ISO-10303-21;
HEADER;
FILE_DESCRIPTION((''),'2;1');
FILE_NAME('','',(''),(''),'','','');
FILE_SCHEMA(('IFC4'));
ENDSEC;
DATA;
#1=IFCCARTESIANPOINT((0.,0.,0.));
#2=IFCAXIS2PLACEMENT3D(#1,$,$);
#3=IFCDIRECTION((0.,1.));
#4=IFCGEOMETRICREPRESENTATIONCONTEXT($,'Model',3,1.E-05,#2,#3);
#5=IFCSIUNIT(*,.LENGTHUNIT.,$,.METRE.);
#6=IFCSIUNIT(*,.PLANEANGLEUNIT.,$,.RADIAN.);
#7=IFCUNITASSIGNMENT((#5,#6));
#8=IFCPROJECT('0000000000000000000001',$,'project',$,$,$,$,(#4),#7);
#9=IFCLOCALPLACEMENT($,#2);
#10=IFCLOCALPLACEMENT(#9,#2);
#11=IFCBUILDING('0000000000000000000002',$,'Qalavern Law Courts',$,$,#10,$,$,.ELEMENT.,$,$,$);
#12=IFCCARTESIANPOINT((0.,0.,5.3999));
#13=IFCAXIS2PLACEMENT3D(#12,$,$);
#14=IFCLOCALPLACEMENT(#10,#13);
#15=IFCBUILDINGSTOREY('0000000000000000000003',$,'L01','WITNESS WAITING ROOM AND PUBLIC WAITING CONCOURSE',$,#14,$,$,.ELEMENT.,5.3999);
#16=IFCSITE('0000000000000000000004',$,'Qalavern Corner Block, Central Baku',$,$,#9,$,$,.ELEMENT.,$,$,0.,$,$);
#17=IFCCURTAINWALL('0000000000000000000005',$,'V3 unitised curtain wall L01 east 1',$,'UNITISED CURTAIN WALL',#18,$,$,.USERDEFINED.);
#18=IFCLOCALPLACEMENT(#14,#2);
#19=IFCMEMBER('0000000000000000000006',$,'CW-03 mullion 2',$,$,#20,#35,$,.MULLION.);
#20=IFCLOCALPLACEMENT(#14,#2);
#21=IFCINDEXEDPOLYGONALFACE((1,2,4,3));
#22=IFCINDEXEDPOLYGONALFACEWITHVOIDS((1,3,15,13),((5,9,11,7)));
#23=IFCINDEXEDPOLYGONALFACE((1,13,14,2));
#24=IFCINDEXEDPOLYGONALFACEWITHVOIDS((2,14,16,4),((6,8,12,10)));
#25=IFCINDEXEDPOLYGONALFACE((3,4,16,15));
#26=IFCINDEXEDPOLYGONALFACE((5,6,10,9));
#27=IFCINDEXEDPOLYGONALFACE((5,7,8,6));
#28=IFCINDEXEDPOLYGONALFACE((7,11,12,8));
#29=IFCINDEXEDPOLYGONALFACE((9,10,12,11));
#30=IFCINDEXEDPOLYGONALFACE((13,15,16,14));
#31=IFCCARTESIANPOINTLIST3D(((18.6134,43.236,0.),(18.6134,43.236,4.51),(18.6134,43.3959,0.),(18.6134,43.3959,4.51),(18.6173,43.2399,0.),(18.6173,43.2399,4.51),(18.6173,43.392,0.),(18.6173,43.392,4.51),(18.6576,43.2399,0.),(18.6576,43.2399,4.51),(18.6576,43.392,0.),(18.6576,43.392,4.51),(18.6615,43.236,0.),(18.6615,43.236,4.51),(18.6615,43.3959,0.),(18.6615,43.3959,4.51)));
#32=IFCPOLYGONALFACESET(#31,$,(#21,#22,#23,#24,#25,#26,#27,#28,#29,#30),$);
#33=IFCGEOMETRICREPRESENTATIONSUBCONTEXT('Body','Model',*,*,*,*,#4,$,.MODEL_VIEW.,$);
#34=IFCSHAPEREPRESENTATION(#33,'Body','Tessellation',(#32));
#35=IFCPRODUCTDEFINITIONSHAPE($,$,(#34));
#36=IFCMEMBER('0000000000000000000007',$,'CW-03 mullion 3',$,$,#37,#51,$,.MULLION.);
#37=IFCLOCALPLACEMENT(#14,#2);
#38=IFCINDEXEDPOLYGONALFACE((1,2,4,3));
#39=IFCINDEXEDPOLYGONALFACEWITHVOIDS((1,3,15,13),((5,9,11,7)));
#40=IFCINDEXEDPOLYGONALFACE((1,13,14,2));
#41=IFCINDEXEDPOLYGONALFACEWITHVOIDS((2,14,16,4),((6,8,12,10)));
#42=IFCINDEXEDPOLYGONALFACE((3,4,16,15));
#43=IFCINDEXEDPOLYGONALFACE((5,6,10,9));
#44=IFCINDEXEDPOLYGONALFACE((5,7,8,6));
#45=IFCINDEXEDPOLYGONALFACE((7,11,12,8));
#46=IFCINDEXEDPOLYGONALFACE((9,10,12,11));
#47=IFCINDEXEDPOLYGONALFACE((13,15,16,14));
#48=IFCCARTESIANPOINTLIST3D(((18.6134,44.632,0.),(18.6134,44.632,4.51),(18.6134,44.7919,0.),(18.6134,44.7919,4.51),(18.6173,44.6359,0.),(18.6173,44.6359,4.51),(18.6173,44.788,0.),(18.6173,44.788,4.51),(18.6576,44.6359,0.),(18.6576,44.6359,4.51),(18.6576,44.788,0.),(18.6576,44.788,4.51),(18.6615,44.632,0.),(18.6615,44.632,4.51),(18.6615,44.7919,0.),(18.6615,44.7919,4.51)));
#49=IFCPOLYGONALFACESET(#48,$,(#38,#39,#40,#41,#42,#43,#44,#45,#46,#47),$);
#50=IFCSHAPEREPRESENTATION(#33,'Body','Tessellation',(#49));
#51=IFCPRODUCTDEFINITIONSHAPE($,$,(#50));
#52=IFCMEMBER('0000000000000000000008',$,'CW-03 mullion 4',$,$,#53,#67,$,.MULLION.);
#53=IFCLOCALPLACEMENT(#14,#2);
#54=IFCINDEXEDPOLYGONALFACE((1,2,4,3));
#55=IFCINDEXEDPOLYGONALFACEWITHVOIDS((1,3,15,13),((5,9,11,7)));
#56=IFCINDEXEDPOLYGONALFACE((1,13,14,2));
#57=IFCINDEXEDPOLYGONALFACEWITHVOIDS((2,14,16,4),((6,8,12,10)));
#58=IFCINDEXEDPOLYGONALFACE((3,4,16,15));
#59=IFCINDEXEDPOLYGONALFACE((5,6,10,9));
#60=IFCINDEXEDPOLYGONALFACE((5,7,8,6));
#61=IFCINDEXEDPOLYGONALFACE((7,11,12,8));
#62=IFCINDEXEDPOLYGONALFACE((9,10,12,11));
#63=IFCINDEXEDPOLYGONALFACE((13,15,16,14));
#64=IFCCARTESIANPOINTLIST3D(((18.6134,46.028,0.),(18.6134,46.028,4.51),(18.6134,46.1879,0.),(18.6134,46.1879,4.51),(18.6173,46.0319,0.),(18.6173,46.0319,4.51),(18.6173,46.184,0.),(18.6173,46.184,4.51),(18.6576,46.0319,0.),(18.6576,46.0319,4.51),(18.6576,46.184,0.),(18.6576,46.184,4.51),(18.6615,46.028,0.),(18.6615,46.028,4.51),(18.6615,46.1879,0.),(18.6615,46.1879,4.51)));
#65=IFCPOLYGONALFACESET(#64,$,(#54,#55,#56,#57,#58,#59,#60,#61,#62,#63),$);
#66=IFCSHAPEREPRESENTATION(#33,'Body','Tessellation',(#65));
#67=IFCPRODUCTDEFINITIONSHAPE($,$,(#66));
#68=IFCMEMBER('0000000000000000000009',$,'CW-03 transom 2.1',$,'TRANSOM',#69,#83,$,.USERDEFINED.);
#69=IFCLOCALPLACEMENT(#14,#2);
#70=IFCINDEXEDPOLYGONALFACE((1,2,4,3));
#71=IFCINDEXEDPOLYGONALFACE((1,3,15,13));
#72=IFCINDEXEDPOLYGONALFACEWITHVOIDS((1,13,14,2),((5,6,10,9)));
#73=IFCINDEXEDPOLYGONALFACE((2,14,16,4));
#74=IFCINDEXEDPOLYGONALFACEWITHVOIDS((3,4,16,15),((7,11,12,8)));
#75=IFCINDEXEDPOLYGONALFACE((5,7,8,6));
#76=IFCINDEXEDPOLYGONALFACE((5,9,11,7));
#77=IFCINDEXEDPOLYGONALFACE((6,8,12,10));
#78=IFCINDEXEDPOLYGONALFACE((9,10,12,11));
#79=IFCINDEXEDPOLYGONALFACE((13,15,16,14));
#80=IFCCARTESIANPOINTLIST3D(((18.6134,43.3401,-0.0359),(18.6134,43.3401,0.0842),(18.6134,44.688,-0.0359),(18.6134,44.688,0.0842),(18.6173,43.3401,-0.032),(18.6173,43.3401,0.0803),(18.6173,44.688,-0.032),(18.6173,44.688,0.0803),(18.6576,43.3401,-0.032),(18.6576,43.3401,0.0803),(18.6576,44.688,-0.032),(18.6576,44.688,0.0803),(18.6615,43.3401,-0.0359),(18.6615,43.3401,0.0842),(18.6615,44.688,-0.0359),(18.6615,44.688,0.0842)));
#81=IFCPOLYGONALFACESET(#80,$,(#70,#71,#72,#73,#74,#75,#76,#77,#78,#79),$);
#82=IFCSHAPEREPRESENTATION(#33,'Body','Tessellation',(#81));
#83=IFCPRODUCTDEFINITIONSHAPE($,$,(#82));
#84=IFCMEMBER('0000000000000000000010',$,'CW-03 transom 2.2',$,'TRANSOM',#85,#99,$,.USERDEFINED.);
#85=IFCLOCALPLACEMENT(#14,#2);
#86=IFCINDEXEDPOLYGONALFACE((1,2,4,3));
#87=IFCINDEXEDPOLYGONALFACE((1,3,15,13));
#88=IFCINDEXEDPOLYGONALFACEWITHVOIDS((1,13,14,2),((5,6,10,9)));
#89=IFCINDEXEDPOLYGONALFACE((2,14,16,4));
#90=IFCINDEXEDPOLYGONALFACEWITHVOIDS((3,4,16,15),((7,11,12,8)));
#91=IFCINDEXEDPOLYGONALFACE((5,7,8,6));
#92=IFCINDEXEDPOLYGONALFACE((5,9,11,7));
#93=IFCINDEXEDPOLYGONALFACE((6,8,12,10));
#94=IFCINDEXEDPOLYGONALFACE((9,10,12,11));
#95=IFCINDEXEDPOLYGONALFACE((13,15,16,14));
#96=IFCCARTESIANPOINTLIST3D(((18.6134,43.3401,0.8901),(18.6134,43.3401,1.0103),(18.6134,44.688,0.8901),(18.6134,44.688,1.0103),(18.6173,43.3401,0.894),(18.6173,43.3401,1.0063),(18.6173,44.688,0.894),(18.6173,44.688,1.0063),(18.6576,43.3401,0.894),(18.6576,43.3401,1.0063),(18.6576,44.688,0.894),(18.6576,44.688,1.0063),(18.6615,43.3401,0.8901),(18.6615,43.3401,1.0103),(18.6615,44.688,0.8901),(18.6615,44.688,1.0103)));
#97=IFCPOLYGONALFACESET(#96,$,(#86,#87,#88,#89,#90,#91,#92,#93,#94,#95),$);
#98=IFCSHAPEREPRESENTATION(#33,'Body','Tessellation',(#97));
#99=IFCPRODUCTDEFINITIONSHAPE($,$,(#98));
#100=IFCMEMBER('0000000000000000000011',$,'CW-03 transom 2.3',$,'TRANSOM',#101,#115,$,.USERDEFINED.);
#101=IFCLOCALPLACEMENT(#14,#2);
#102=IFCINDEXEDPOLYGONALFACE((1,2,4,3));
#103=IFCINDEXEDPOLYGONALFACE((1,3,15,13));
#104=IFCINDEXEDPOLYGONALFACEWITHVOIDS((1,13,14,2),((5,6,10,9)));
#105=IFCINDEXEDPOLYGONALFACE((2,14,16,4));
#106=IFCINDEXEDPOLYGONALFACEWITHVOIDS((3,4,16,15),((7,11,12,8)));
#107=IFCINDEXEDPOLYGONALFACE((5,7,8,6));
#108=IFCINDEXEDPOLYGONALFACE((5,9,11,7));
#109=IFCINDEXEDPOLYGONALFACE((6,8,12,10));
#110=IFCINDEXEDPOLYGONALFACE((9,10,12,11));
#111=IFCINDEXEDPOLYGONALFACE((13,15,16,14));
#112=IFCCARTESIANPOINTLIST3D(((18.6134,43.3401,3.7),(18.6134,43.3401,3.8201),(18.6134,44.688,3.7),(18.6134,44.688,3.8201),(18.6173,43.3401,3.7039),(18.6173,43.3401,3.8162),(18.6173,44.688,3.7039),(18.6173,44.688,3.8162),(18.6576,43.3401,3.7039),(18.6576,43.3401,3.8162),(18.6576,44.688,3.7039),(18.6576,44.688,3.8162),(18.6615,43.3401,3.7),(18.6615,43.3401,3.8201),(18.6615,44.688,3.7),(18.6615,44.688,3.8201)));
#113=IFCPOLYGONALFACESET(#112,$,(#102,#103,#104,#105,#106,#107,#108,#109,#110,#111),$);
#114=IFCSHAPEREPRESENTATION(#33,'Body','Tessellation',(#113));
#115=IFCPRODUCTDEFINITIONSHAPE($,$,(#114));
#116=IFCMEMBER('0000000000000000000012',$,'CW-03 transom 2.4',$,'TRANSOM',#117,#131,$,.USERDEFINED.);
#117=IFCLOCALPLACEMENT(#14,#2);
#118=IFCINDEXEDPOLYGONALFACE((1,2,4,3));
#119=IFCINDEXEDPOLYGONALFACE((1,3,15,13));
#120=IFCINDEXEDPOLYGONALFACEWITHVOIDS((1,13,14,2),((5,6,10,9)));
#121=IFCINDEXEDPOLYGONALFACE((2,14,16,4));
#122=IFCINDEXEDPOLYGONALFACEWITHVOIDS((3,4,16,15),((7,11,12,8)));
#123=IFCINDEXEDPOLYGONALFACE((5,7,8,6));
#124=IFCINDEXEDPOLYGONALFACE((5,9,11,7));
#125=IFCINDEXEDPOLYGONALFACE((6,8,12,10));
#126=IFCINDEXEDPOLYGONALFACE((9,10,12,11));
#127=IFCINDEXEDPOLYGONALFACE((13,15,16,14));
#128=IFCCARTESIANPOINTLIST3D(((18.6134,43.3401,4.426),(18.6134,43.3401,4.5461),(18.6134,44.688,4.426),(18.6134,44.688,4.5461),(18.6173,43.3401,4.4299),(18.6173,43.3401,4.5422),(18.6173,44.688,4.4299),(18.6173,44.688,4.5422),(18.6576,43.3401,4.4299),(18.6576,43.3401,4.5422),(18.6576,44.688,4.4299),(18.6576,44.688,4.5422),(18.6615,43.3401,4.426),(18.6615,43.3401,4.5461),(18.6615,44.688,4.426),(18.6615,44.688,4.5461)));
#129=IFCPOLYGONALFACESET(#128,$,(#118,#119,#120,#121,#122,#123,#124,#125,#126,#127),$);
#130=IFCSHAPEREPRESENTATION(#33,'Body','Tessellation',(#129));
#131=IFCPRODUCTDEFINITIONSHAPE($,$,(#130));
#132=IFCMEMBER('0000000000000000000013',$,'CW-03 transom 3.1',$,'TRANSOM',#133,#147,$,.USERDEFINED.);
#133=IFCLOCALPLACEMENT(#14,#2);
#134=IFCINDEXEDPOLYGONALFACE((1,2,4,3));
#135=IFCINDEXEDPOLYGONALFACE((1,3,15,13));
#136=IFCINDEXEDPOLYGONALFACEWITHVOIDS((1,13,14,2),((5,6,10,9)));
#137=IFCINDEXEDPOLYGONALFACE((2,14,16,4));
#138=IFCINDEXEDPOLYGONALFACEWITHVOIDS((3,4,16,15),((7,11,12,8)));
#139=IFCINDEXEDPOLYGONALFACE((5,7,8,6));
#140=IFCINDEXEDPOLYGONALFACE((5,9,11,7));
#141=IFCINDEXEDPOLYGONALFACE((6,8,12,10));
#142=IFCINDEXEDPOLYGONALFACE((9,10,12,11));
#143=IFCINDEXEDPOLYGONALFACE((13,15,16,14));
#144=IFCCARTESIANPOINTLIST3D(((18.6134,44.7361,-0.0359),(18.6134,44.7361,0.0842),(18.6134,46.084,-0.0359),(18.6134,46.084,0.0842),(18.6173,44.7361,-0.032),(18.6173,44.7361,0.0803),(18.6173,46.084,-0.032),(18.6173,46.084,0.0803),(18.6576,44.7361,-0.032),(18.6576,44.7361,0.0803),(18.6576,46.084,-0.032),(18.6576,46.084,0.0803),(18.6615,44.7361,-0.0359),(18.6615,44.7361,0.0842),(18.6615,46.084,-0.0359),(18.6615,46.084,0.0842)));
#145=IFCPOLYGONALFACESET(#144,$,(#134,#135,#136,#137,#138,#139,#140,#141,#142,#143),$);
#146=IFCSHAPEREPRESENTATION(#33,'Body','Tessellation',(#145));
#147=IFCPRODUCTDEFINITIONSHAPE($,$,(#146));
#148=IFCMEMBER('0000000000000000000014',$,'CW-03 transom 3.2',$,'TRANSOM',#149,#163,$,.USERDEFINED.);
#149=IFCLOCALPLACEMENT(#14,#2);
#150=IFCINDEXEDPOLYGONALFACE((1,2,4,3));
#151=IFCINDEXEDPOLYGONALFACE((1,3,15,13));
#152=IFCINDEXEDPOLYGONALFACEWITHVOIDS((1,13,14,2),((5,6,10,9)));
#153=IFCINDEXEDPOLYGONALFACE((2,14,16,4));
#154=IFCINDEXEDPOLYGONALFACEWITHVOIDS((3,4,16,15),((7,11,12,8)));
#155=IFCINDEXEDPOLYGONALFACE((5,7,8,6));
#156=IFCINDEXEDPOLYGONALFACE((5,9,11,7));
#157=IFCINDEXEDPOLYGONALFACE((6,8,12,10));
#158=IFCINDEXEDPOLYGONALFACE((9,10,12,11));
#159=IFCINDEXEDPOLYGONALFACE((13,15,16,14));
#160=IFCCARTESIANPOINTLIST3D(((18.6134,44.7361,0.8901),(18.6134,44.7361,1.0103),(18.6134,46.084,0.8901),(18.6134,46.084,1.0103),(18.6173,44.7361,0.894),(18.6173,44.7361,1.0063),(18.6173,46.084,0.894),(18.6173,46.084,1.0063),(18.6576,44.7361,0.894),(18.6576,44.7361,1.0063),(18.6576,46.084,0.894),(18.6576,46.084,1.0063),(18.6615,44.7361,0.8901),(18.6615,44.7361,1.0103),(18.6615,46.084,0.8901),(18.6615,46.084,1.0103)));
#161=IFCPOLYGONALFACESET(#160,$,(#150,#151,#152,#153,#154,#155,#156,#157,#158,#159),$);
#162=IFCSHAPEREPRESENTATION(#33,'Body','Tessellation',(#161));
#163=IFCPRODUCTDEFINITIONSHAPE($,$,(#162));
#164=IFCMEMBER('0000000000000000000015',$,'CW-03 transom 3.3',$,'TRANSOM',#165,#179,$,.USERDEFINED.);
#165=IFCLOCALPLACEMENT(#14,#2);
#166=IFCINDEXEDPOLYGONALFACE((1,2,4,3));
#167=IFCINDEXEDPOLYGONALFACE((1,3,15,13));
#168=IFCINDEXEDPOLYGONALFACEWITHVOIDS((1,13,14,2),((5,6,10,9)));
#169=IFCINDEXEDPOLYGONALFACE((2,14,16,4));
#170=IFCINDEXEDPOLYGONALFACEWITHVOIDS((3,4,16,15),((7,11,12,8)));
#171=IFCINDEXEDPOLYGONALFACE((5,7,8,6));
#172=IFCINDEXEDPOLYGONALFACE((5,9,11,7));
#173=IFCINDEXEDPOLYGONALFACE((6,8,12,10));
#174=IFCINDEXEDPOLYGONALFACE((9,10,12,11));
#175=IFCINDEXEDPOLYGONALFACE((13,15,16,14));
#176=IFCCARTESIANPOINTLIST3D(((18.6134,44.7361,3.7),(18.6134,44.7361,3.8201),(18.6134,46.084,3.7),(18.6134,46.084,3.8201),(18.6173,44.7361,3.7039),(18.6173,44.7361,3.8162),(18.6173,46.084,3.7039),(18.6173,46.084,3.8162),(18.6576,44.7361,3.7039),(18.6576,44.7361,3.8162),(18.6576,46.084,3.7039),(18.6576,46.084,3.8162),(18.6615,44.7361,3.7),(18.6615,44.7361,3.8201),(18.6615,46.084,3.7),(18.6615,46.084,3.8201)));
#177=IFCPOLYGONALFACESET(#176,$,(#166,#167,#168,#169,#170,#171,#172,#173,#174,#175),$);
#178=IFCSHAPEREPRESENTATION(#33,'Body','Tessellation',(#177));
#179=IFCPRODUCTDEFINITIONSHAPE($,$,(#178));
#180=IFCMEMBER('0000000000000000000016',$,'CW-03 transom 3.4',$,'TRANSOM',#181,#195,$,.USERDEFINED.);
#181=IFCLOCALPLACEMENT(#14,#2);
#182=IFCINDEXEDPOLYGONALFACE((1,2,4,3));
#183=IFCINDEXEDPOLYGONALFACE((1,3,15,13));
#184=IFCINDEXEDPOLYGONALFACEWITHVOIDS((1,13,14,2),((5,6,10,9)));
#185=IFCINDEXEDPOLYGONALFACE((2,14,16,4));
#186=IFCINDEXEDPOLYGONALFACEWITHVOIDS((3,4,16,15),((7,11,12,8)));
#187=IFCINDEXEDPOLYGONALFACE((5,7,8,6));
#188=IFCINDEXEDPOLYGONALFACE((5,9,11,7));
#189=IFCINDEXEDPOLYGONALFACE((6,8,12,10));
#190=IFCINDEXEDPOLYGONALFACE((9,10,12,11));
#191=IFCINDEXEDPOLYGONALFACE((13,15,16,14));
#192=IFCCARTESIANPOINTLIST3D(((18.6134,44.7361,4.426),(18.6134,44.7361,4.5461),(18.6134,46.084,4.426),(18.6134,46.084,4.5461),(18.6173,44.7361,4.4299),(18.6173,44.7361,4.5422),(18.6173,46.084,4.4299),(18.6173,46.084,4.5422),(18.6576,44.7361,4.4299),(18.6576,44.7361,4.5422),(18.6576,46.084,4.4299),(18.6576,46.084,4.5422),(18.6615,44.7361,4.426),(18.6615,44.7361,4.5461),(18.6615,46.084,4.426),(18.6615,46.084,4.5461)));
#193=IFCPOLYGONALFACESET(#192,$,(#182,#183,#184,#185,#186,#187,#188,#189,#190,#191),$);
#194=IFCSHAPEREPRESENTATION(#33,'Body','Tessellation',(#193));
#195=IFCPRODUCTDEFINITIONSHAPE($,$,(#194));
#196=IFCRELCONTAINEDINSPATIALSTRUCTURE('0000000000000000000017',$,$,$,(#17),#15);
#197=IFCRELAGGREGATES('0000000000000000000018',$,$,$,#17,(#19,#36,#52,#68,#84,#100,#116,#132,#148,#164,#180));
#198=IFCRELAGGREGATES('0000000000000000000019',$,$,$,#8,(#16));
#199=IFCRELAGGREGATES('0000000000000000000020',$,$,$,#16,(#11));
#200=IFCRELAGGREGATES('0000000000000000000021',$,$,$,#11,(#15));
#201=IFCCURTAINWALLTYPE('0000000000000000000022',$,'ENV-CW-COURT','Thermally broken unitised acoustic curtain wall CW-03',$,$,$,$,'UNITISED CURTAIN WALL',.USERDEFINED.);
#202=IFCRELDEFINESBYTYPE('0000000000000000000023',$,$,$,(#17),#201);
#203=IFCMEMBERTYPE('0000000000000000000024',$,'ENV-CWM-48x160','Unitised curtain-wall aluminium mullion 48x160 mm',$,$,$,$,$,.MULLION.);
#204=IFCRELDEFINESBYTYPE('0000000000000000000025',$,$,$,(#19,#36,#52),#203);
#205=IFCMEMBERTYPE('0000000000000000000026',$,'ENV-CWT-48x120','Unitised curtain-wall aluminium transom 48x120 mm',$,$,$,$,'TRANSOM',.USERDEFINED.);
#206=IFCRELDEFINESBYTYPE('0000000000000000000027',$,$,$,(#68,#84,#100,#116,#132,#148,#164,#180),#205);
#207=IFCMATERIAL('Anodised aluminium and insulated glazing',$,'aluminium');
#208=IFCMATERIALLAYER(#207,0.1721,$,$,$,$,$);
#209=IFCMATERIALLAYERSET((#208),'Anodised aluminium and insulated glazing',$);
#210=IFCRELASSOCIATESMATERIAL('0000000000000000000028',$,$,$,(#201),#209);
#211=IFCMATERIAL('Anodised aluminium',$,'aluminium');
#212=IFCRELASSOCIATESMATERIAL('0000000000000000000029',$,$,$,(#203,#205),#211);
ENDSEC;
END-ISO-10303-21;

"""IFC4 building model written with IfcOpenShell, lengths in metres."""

from ifc_helpers import new_model, si_unit, direction, frame, origin, origin_2d, place, context, subcontext, project, spatial, hollow_rectangle, extrude, material, layer, layer_set, material_profile, profile_set, type_object, element, aggregate, save


model = new_model("IFC4")

# Units and contexts
model_context = context("Model", 3, precision=1e-05, world=origin(), true_north=direction((0.0, 1.0)))
body_context = subcontext(model_context, "Body", "Model", "MODEL_VIEW")
ifc_project = project(units=[si_unit("LENGTHUNIT", "METRE"), si_unit("PLANEANGLEUNIT", "RADIAN")], contexts=[model_context])

# Site, building, storey
site_placement = place(None, origin())
site = spatial("IfcSite", under=ifc_project, at=site_placement, Name="Qalavern Corner Block, Central Baku", CompositionType="ELEMENT", RefElevation=0.0)
building_placement = place(site_placement, origin())
building = spatial("IfcBuilding", under=site, at=building_placement, Name="Qalavern Law Courts", CompositionType="ELEMENT")
storey_placement = place(building_placement, frame((0.0, 0.0, 5.3999)))
storey = spatial("IfcBuildingStorey", under=building, at=storey_placement, Name="L01", Description="WITNESS WAITING ROOM AND PUBLIC WAITING CONCOURSE", CompositionType="ELEMENT", Elevation=5.3999)

# Curtain wall, members
ifc_material_1 = material(Name="Anodised aluminium and insulated glazing", Category="aluminium")
ifc_layer_1 = layer(ifc_material_1, 0.1721)
ifc_layer_set_1 = layer_set([ifc_layer_1], Name="Anodised aluminium and insulated glazing")
curtain_wall_type = type_object("IfcCurtainWallType", Name="ENV-CW-COURT", Description="Thermally broken unitised acoustic curtain wall CW-03", ElementType="UNITISED CURTAIN WALL", PredefinedType="USERDEFINED", material=ifc_layer_set_1)
curtain_wall_placement = place(storey_placement, origin())
curtain_wall = element("IfcCurtainWall", 1, at=curtain_wall_placement, inside=storey, type_object=curtain_wall_type, Name="V3 unitised curtain wall L01 east 1", ObjectType="UNITISED CURTAIN WALL", PredefinedType="USERDEFINED")
ifc_material_2 = material(Name="Anodised aluminium", Category="aluminium")
ifc_material_profile_1 = material_profile(ifc_material_2, hollow_rectangle(XDim=0.0481, YDim=0.1599, WallThickness=0.0039, at=origin_2d()), Name="ALU MULLION 48x160")
ifc_profile_set_1 = profile_set([ifc_material_profile_1], Name="Anodised aluminium")
member_type_1 = type_object("IfcMemberType", Name="ENV-CWM-48x160", Description="Unitised curtain-wall aluminium mullion 48x160 mm", PredefinedType="MULLION", material=ifc_profile_set_1)
member_1_placement = place(storey_placement, frame((18.6375, 43.3159, 0.0), z_axis=(0.0, 0.0, 1.0), x_axis=(-1.0, 0.0, 0.0)))
member_1 = element("IfcMember", 2, at=member_1_placement, type_object=member_type_1, Name="CW-03 mullion 2", PredefinedType="MULLION", context=body_context, shape_type="SweptSolid", body=[
    extrude(hollow_rectangle(XDim=0.0481, YDim=0.1599, WallThickness=0.0039, at=origin_2d()), origin(), (0.0, 0.0, 1.0), 4.51),
])
member_2_placement = place(storey_placement, frame((18.6375, 44.7119, 0.0), z_axis=(0.0, 0.0, 1.0), x_axis=(-1.0, 0.0, 0.0)))
member_2 = element("IfcMember", 3, at=member_2_placement, type_object=member_type_1, Name="CW-03 mullion 3", PredefinedType="MULLION", context=body_context, shape_type="SweptSolid", body=[
    extrude(hollow_rectangle(XDim=0.0481, YDim=0.1599, WallThickness=0.0039, at=origin_2d()), origin(), (0.0, 0.0, 1.0), 4.51),
])
member_3_placement = place(storey_placement, frame((18.6375, 46.1079, 0.0), z_axis=(0.0, 0.0, 1.0), x_axis=(-1.0, 0.0, 0.0)))
member_3 = element("IfcMember", 4, at=member_3_placement, type_object=member_type_1, Name="CW-03 mullion 4", PredefinedType="MULLION", context=body_context, shape_type="SweptSolid", body=[
    extrude(hollow_rectangle(XDim=0.0481, YDim=0.1599, WallThickness=0.0039, at=origin_2d()), origin(), (0.0, 0.0, 1.0), 4.51),
])
ifc_material_profile_2 = material_profile(ifc_material_2, hollow_rectangle(XDim=0.0481, YDim=0.1201, WallThickness=0.0039, at=origin_2d()), Name="ALU TRANSOM 48x120")
ifc_profile_set_2 = profile_set([ifc_material_profile_2], Name="Anodised aluminium")
member_type_2 = type_object("IfcMemberType", Name="ENV-CWT-48x120", Description="Unitised curtain-wall aluminium transom 48x120 mm", ElementType="TRANSOM", PredefinedType="USERDEFINED", material=ifc_profile_set_2)
member_4_placement = place(storey_placement, frame((18.6375, 43.3401, 0.0242), z_axis=(0.0, 1.0, 0.0), x_axis=(-1.0, 0.0, 0.0)))
member_4 = element("IfcMember", 5, at=member_4_placement, type_object=member_type_2, Name="CW-03 transom 2.1", ObjectType="TRANSOM", PredefinedType="USERDEFINED", context=body_context, shape_type="SweptSolid", body=[
    extrude(hollow_rectangle(XDim=0.0481, YDim=0.1201, WallThickness=0.0039, at=origin_2d()), origin(), (0.0, 0.0, 1.0), 1.3479),
])
member_5_placement = place(storey_placement, frame((18.6375, 43.3401, 0.9502), z_axis=(0.0, 1.0, 0.0), x_axis=(-1.0, 0.0, 0.0)))
member_5 = element("IfcMember", 6, at=member_5_placement, type_object=member_type_2, Name="CW-03 transom 2.2", ObjectType="TRANSOM", PredefinedType="USERDEFINED", context=body_context, shape_type="SweptSolid", body=[
    extrude(hollow_rectangle(XDim=0.0481, YDim=0.1201, WallThickness=0.0039, at=origin_2d()), origin(), (0.0, 0.0, 1.0), 1.3479),
])
member_6_placement = place(storey_placement, frame((18.6375, 43.3401, 3.76), z_axis=(0.0, 1.0, 0.0), x_axis=(-1.0, 0.0, 0.0)))
member_6 = element("IfcMember", 7, at=member_6_placement, type_object=member_type_2, Name="CW-03 transom 2.3", ObjectType="TRANSOM", PredefinedType="USERDEFINED", context=body_context, shape_type="SweptSolid", body=[
    extrude(hollow_rectangle(XDim=0.0481, YDim=0.1201, WallThickness=0.0039, at=origin_2d()), origin(), (0.0, 0.0, 1.0), 1.3479),
])
member_7_placement = place(storey_placement, frame((18.6375, 43.3401, 4.4861), z_axis=(0.0, 1.0, 0.0), x_axis=(-1.0, 0.0, 0.0)))
member_7 = element("IfcMember", 8, at=member_7_placement, type_object=member_type_2, Name="CW-03 transom 2.4", ObjectType="TRANSOM", PredefinedType="USERDEFINED", context=body_context, shape_type="SweptSolid", body=[
    extrude(hollow_rectangle(XDim=0.0481, YDim=0.1201, WallThickness=0.0039, at=origin_2d()), origin(), (0.0, 0.0, 1.0), 1.3479),
])
member_8_placement = place(storey_placement, frame((18.6375, 44.7361, 0.0242), z_axis=(0.0, 1.0, 0.0), x_axis=(-1.0, 0.0, 0.0)))
member_8 = element("IfcMember", 9, at=member_8_placement, type_object=member_type_2, Name="CW-03 transom 3.1", ObjectType="TRANSOM", PredefinedType="USERDEFINED", context=body_context, shape_type="SweptSolid", body=[
    extrude(hollow_rectangle(XDim=0.0481, YDim=0.1201, WallThickness=0.0039, at=origin_2d()), origin(), (0.0, 0.0, 1.0), 1.3479),
])
member_9_placement = place(storey_placement, frame((18.6375, 44.7361, 0.9502), z_axis=(0.0, 1.0, 0.0), x_axis=(-1.0, 0.0, 0.0)))
member_9 = element("IfcMember", 10, at=member_9_placement, type_object=member_type_2, Name="CW-03 transom 3.2", ObjectType="TRANSOM", PredefinedType="USERDEFINED", context=body_context, shape_type="SweptSolid", body=[
    extrude(hollow_rectangle(XDim=0.0481, YDim=0.1201, WallThickness=0.0039, at=origin_2d()), origin(), (0.0, 0.0, 1.0), 1.3479),
])
member_10_placement = place(storey_placement, frame((18.6375, 44.7361, 3.76), z_axis=(0.0, 1.0, 0.0), x_axis=(-1.0, 0.0, 0.0)))
member_10 = element("IfcMember", 11, at=member_10_placement, type_object=member_type_2, Name="CW-03 transom 3.3", ObjectType="TRANSOM", PredefinedType="USERDEFINED", context=body_context, shape_type="SweptSolid", body=[
    extrude(hollow_rectangle(XDim=0.0481, YDim=0.1201, WallThickness=0.0039, at=origin_2d()), origin(), (0.0, 0.0, 1.0), 1.3479),
])
member_11_placement = place(storey_placement, frame((18.6375, 44.7361, 4.4861), z_axis=(0.0, 1.0, 0.0), x_axis=(-1.0, 0.0, 0.0)))
member_11 = element("IfcMember", 12, at=member_11_placement, type_object=member_type_2, Name="CW-03 transom 3.4", ObjectType="TRANSOM", PredefinedType="USERDEFINED", context=body_context, shape_type="SweptSolid", body=[
    extrude(hollow_rectangle(XDim=0.0481, YDim=0.1201, WallThickness=0.0039, at=origin_2d()), origin(), (0.0, 0.0, 1.0), 1.3479),
])
aggregate(curtain_wall, [member_1, member_2, member_3, member_4, member_5, member_6, member_7, member_8, member_9, member_10, member_11])

save(model, "model.ifc")
